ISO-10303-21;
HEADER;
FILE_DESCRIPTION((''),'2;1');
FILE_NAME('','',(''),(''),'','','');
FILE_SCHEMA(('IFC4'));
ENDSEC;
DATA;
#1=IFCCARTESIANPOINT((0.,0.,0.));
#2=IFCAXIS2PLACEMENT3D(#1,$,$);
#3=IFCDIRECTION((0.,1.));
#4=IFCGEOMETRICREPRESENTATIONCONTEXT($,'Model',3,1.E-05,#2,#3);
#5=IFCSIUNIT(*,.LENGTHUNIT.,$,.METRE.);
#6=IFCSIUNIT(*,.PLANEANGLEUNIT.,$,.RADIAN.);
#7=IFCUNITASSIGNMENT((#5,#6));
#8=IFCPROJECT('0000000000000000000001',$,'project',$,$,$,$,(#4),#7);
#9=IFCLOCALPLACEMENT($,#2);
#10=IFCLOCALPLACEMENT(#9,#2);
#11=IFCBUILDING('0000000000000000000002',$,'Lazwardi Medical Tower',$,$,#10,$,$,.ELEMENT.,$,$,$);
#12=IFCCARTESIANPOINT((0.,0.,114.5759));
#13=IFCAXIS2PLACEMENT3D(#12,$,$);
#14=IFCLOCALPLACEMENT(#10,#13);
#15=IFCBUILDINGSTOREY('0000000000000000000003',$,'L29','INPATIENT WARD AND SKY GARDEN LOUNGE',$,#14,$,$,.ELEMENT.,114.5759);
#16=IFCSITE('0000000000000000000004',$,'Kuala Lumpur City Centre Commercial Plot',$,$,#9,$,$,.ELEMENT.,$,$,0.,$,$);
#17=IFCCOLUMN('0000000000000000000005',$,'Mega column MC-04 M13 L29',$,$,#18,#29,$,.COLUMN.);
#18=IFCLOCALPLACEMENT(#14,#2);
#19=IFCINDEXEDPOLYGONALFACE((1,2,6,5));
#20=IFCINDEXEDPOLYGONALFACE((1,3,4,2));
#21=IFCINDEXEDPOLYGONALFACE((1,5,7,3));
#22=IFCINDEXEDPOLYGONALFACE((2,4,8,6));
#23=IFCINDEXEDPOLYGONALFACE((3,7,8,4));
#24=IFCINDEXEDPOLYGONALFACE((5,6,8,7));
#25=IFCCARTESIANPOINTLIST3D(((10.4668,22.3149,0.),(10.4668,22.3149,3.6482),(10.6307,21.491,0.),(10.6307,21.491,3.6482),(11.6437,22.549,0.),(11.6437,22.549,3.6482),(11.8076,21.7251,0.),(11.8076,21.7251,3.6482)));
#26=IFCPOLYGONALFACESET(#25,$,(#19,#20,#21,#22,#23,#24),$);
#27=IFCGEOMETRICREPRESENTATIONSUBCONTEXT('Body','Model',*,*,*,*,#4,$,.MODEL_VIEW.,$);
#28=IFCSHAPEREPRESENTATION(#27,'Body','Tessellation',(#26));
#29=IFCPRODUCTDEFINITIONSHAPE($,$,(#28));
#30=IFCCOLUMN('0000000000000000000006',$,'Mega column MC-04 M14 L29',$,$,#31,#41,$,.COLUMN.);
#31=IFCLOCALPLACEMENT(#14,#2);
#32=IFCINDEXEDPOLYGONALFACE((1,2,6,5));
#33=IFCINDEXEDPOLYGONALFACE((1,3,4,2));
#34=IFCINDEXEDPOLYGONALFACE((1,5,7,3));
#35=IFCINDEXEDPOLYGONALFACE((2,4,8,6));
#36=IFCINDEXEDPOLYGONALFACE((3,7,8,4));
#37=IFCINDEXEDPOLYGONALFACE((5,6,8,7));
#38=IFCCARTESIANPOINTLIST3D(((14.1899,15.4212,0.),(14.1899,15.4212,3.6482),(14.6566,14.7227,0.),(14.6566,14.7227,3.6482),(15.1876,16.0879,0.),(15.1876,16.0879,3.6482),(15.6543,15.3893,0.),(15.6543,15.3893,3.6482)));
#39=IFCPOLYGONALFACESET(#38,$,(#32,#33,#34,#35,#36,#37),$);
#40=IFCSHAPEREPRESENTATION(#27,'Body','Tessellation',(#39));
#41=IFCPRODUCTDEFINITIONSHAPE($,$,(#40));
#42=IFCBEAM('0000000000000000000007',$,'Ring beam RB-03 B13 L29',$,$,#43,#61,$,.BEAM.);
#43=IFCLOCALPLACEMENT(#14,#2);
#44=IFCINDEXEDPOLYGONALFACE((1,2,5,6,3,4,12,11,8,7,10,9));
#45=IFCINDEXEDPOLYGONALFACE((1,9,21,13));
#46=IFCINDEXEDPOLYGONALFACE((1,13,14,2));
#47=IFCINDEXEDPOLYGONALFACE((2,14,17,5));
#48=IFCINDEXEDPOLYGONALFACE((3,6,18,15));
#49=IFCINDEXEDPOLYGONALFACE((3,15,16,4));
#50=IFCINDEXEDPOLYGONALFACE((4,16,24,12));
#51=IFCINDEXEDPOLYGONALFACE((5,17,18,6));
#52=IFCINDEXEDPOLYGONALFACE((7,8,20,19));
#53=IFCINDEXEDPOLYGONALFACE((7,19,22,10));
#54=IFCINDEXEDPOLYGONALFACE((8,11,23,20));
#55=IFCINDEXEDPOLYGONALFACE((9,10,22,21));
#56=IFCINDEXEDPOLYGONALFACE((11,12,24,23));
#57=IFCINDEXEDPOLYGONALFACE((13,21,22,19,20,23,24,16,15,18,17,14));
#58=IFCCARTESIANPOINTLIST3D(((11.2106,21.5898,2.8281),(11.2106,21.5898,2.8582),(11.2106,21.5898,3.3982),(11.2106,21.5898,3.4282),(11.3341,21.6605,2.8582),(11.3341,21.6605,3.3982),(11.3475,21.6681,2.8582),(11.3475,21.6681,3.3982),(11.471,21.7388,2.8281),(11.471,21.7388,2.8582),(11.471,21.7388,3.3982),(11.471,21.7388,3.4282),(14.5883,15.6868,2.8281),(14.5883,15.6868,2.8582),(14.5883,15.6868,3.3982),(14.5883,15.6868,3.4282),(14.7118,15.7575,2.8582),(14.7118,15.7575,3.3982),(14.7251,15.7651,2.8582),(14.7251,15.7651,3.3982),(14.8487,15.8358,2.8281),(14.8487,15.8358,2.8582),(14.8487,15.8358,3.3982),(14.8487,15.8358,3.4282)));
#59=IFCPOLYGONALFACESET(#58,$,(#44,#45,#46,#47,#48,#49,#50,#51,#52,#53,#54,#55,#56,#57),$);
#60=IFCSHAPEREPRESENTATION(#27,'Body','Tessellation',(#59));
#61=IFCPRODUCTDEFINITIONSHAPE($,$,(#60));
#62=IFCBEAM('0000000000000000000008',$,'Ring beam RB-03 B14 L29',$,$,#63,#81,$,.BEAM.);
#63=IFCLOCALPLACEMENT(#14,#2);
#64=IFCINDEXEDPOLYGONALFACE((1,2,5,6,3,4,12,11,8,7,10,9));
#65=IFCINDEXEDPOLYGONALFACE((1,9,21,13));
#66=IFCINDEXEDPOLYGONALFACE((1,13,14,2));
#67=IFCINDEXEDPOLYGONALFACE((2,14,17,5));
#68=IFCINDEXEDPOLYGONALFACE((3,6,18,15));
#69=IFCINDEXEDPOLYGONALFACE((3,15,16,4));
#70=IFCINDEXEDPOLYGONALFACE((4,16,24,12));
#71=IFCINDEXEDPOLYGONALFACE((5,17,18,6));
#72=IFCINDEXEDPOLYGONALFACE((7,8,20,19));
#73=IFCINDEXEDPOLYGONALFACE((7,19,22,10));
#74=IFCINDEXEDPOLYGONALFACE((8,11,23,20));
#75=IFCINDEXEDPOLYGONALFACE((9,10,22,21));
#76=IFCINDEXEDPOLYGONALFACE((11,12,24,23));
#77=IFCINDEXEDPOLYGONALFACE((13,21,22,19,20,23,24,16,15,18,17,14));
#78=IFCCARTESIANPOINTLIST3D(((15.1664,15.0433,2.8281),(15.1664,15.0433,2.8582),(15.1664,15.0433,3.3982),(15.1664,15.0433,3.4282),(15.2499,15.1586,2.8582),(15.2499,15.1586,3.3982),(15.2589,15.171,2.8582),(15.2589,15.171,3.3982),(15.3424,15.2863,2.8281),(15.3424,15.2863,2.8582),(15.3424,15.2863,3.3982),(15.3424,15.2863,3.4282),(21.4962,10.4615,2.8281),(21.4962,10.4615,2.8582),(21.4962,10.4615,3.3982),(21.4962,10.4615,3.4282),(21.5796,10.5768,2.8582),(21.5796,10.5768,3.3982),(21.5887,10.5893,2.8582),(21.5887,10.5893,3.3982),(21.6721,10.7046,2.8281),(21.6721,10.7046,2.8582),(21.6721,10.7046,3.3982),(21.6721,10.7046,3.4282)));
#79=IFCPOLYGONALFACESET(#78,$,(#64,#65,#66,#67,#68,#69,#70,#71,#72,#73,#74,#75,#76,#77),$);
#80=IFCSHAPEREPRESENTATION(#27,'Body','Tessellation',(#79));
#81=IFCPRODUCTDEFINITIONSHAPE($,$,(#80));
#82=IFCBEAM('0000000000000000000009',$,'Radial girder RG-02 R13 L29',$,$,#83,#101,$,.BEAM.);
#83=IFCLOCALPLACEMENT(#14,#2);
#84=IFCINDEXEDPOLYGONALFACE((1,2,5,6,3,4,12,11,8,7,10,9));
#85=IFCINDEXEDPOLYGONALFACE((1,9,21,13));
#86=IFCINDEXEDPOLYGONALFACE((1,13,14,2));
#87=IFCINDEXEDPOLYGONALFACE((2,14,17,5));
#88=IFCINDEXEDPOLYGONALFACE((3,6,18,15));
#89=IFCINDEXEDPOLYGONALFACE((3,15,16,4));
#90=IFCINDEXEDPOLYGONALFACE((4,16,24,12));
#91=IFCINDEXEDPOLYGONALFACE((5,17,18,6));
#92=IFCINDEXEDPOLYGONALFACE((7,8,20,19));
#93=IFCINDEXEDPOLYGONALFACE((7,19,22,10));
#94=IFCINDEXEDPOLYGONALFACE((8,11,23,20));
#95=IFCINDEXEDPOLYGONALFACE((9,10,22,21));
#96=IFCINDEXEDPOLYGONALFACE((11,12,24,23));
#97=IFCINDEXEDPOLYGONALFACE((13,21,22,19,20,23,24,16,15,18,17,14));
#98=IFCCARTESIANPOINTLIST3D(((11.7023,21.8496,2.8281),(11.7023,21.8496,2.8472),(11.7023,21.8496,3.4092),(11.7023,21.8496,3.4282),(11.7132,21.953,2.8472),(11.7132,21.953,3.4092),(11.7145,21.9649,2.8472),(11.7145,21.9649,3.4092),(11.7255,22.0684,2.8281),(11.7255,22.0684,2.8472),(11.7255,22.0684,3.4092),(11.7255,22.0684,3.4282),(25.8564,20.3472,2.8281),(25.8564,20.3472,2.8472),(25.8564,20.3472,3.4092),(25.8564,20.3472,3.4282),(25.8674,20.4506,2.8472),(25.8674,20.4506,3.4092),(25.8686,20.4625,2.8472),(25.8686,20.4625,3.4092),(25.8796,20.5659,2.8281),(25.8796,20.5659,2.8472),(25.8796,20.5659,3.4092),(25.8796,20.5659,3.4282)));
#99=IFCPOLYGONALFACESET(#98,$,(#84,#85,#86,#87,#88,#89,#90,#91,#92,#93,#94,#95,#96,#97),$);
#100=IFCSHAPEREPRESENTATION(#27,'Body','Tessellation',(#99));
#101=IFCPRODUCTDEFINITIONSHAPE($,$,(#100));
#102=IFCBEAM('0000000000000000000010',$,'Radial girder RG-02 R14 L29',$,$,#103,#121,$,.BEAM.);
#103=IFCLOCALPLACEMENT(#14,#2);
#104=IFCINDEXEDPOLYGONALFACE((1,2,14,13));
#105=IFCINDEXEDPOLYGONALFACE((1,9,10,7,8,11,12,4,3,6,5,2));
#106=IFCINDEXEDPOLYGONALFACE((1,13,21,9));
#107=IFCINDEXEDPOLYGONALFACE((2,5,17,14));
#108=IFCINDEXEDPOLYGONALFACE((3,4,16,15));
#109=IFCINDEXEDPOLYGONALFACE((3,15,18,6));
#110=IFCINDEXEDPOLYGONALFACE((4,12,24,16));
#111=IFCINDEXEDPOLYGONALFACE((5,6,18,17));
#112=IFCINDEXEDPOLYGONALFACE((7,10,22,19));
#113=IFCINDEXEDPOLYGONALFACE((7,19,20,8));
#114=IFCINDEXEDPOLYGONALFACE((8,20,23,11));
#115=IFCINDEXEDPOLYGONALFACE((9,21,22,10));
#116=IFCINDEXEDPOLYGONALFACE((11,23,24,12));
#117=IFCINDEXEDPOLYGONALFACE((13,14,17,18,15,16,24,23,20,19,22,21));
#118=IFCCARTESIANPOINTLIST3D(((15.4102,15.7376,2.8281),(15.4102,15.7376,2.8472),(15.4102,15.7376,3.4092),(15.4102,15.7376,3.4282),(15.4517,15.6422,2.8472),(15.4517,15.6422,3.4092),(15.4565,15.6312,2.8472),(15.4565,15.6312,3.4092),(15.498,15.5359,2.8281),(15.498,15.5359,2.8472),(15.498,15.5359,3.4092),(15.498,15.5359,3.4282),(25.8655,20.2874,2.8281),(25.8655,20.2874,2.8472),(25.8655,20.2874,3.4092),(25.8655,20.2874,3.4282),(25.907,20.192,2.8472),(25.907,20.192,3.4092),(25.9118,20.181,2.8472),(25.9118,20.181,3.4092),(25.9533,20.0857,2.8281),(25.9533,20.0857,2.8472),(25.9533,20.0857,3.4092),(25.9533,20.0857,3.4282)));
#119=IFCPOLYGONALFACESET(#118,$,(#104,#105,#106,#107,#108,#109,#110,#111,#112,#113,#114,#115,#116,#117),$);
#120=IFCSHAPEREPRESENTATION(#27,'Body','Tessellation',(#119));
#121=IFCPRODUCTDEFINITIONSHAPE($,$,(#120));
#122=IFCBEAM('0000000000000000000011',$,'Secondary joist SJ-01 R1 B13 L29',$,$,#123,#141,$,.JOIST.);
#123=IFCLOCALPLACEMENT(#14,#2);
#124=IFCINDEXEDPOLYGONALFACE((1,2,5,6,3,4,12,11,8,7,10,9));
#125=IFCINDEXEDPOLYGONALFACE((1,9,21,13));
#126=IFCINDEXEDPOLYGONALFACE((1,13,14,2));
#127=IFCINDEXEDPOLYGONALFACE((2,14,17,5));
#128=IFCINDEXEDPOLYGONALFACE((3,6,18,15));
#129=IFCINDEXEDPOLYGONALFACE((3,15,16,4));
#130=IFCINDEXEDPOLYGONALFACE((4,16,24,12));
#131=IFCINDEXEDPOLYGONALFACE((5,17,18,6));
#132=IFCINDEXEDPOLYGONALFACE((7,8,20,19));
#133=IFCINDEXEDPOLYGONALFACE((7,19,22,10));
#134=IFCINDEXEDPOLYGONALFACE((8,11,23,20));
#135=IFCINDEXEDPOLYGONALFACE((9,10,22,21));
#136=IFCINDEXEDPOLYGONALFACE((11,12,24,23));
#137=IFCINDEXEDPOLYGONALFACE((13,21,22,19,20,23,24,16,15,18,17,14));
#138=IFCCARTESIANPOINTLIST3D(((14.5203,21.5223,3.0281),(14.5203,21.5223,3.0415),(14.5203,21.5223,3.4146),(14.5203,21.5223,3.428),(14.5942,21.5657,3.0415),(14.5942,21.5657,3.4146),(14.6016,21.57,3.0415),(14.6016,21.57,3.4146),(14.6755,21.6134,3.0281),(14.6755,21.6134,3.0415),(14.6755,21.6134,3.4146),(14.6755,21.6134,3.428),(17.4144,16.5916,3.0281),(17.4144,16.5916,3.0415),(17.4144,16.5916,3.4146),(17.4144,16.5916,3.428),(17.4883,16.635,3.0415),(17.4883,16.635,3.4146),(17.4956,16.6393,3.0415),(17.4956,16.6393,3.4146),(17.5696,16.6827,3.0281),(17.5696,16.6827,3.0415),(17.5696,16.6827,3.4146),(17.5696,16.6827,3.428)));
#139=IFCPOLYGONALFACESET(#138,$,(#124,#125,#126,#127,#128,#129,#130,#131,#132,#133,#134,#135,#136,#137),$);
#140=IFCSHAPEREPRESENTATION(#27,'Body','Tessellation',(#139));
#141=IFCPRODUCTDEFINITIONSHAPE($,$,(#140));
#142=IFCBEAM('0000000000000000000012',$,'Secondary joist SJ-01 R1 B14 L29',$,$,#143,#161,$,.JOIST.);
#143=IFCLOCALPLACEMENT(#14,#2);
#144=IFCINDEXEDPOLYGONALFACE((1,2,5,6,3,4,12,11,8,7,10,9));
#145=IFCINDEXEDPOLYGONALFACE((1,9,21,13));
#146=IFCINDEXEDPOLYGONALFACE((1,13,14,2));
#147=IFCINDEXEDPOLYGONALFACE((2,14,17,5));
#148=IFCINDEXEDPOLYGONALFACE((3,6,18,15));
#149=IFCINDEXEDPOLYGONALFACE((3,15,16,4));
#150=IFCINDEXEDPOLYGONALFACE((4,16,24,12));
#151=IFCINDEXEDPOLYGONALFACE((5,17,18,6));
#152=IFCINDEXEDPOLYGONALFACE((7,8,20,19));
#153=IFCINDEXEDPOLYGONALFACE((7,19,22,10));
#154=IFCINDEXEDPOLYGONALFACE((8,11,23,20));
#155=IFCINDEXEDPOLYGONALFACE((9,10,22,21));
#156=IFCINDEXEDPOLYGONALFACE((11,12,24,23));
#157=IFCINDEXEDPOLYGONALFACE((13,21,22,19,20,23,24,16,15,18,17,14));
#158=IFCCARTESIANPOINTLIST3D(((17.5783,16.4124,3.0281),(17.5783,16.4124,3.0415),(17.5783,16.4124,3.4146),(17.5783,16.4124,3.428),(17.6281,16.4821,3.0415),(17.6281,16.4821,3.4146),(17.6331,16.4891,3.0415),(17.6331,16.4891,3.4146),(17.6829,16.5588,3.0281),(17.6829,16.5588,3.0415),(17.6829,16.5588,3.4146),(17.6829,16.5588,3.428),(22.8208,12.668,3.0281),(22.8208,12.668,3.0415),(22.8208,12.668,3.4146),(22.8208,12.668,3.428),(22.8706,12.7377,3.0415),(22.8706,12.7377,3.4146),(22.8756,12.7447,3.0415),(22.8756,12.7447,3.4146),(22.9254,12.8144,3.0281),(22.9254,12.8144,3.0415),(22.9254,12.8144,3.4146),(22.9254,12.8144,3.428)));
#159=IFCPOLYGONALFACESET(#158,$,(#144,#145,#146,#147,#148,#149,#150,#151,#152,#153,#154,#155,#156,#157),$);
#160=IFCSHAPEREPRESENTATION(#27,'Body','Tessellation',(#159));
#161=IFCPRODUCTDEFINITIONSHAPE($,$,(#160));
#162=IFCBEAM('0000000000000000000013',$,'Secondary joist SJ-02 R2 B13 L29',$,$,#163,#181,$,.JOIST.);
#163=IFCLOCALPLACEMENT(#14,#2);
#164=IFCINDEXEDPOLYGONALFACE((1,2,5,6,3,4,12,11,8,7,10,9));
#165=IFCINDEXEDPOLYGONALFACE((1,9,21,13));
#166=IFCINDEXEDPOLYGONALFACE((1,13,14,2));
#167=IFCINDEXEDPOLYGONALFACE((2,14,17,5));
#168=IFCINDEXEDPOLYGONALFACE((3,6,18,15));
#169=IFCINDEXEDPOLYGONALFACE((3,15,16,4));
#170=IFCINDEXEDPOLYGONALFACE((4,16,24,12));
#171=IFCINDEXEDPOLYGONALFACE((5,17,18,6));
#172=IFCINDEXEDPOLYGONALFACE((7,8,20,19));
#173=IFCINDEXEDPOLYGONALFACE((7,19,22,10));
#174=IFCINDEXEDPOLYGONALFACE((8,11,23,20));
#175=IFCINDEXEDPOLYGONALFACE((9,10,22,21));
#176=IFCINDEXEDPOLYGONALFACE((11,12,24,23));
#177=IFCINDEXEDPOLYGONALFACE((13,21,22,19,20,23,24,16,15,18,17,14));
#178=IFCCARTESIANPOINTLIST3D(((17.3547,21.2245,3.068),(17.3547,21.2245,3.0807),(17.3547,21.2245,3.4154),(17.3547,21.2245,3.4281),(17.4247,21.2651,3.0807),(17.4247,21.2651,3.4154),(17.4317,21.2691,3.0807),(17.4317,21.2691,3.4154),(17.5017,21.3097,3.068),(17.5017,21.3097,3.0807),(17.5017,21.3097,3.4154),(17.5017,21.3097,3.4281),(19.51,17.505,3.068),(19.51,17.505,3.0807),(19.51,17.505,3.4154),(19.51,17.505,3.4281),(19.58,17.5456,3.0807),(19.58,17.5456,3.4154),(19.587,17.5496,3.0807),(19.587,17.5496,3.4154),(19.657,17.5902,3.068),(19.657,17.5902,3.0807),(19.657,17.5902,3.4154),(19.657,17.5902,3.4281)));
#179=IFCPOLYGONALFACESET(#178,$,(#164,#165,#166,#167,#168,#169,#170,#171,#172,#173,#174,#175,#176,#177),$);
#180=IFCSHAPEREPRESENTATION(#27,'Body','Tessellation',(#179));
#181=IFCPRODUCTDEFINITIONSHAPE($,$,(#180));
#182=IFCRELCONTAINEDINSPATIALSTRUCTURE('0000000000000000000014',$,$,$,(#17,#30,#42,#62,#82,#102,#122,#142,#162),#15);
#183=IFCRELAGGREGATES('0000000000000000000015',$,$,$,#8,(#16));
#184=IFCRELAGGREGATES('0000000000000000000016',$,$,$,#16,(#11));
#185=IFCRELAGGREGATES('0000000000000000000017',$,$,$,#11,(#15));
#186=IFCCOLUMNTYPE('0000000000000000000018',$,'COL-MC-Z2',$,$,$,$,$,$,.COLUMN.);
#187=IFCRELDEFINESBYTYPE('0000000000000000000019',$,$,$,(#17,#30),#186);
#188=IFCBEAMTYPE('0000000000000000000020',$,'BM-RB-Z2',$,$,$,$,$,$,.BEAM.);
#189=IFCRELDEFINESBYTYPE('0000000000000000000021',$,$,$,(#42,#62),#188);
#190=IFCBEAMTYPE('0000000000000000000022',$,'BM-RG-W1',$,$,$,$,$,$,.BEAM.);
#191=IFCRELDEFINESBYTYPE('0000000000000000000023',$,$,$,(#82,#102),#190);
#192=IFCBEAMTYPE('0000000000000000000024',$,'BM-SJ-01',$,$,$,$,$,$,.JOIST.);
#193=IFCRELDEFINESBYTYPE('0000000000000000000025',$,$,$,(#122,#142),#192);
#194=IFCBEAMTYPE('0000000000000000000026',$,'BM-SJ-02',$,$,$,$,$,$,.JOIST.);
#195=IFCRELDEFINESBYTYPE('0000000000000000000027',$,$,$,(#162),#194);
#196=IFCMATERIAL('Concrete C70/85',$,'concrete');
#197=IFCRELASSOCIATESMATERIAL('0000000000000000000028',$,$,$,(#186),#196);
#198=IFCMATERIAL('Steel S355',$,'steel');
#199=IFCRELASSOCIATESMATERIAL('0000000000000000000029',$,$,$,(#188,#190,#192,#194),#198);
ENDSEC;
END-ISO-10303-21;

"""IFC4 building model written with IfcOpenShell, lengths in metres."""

from ifc_helpers import new_model, si_unit, direction, frame, origin, origin_2d, place, context, subcontext, project, spatial, rectangle, i_section, extrude, material, material_profile, profile_set, type_object, element, save


model = new_model("IFC4")

# Units and contexts
model_context = context("Model", 3, precision=1e-05, world=origin(), true_north=direction((0.0, 1.0)))
body_context = subcontext(model_context, "Body", "Model", "MODEL_VIEW")
ifc_project = project(units=[si_unit("LENGTHUNIT", "METRE"), si_unit("PLANEANGLEUNIT", "RADIAN")], contexts=[model_context])

# Site, building, storey
site_placement = place(None, origin())
site = spatial("IfcSite", under=ifc_project, at=site_placement, Name="Kuala Lumpur City Centre Commercial Plot", CompositionType="ELEMENT", RefElevation=0.0)
building_placement = place(site_placement, origin())
building = spatial("IfcBuilding", under=site, at=building_placement, Name="Lazwardi Medical Tower", CompositionType="ELEMENT")
storey_placement = place(building_placement, frame((0.0, 0.0, 114.5759)))
storey = spatial("IfcBuildingStorey", under=building, at=storey_placement, Name="L29", Description="INPATIENT WARD AND SKY GARDEN LOUNGE", CompositionType="ELEMENT", Elevation=114.5759)

# Columns
ifc_material_1 = material(Name="Concrete C70/85", Category="concrete")
ifc_material_profile_1 = material_profile(ifc_material_1, rectangle(XDim=1.2, YDim=0.8401, at=origin_2d()), Name="CFT-RECT 1200x840")
ifc_profile_set_1 = profile_set([ifc_material_profile_1], Name="Concrete C70/85")
column_type = type_object("IfcColumnType", Name="COL-MC-Z2", PredefinedType="COLUMN", material=ifc_profile_set_1)
for number, where, z_axis, x_axis, name in (
    (1, (11.1372, 22.02, 0.0), (0.0, 0.0, 1.0), (-0.980785, -0.19509, 0.0), "Mega column MC-04 M13 L29"),
    (2, (14.9221, 15.4053, 0.0), (0.0, 0.0, 1.0), (-0.83147, -0.55557, 0.0), "Mega column MC-04 M14 L29"),
):
    element("IfcColumn", number, at=place(storey_placement, frame(where, z_axis=z_axis, x_axis=x_axis)), inside=storey, type_object=column_type, Name=name, PredefinedType="COLUMN", context=body_context, shape_type="SweptSolid", body=[
        extrude(rectangle(XDim=1.2, YDim=0.8401, at=origin_2d()), origin(), (0.0, 0.0, 1.0), 3.6482),
    ])

# Beams
ifc_material_2 = material(Name="Steel S355", Category="steel")
ifc_material_profile_2 = material_profile(ifc_material_2, i_section(OverallWidth=0.3, OverallDepth=0.6001, WebThickness=0.0154, FlangeThickness=0.03, at=origin_2d()), Name="HEB 600")
ifc_profile_set_2 = profile_set([ifc_material_profile_2], Name="Steel S355")
beam_type_1 = type_object("IfcBeamType", Name="BM-RB-Z2", PredefinedType="BEAM", material=ifc_profile_set_2)
beam_1_placement = place(storey_placement, frame((11.3408, 21.6643, 3.1282), z_axis=(0.496638, -0.867958, 0.0), x_axis=(0.867958, 0.496638, 0.0)))
element("IfcBeam", 3, at=beam_1_placement, inside=storey, type_object=beam_type_1, Name="Ring beam RB-03 B13 L29", PredefinedType="BEAM", context=body_context, shape_type="SweptSolid", body=[
    extrude(i_section(OverallWidth=0.3, OverallDepth=0.6001, WebThickness=0.0154, FlangeThickness=0.03, at=origin_2d()), origin(), (0.0, 0.0, 1.0), 6.801),
])
beam_2_placement = place(storey_placement, frame((15.2544, 15.1648, 3.1282), z_axis=(0.810057, -0.586351, 0.0), x_axis=(0.586351, 0.810057, 0.0)))
element("IfcBeam", 4, at=beam_2_placement, inside=storey, type_object=beam_type_1, Name="Ring beam RB-03 B14 L29", PredefinedType="BEAM", context=body_context, shape_type="SweptSolid", body=[
    extrude(i_section(OverallWidth=0.3, OverallDepth=0.6001, WebThickness=0.0154, FlangeThickness=0.03, at=origin_2d()), origin(), (0.0, 0.0, 1.0), 7.814),
])
ifc_material_profile_3 = material_profile(ifc_material_2, i_section(OverallWidth=0.22, OverallDepth=0.6001, WebThickness=0.012, FlangeThickness=0.019, at=origin_2d()), Name="IPE 600")
ifc_profile_set_3 = profile_set([ifc_material_profile_3], Name="Steel S355")
beam_type_2 = type_object("IfcBeamType", Name="BM-RG-W1", PredefinedType="BEAM", material=ifc_profile_set_3)
beam_3_placement = place(storey_placement, frame((11.7139, 21.959, 3.1282), z_axis=(0.994413, -0.105556, 0.0), x_axis=(0.105556, 0.994413, 0.0)))
element("IfcBeam", 5, at=beam_3_placement, inside=storey, type_object=beam_type_2, Name="Radial girder RG-02 R13 L29", PredefinedType="BEAM", context=body_context, shape_type="SweptSolid", body=[
    extrude(i_section(OverallWidth=0.22, OverallDepth=0.6001, WebThickness=0.012, FlangeThickness=0.019, at=origin_2d()), origin(), (0.0, 0.0, 1.0), 14.2336),
])
beam_4_placement = place(storey_placement, frame((15.4541, 15.6367, 3.1282), z_axis=(0.916941, 0.399022, 0.0), x_axis=(-0.399022, 0.916941, 0.0)))
element("IfcBeam", 6, at=beam_4_placement, inside=storey, type_object=beam_type_2, Name="Radial girder RG-02 R14 L29", PredefinedType="BEAM", context=body_context, shape_type="SweptSolid", body=[
    extrude(i_section(OverallWidth=0.22, OverallDepth=0.6001, WebThickness=0.012, FlangeThickness=0.019, at=origin_2d()), origin(), (0.0, 0.0, 1.0), 11.4023),
])
ifc_material_profile_4 = material_profile(ifc_material_2, i_section(OverallWidth=0.1799, OverallDepth=0.3999, WebThickness=0.0085, FlangeThickness=0.0134, at=origin_2d()), Name="IPE 400")
ifc_profile_set_4 = profile_set([ifc_material_profile_4], Name="Steel S355")
beam_type_3 = type_object("IfcBeamType", Name="BM-SJ-01", PredefinedType="JOIST", material=ifc_profile_set_4)
beam_5_placement = place(storey_placement, frame((14.5979, 21.5679, 3.228), z_axis=(0.506195, -0.862419, 0.0), x_axis=(0.862419, 0.506195, 0.0)))
element("IfcBeam", 7, at=beam_5_placement, inside=storey, type_object=beam_type_3, Name="Secondary joist SJ-01 R1 B13 L29", PredefinedType="JOIST", context=body_context, shape_type="SweptSolid", body=[
    extrude(i_section(OverallWidth=0.1799, OverallDepth=0.3999, WebThickness=0.0085, FlangeThickness=0.0134, at=origin_2d()), origin(), (0.0, 0.0, 1.0), 5.7173),
])
beam_6_placement = place(storey_placement, frame((17.6306, 16.4856, 3.228), z_axis=(0.813749, -0.581217, 0.0), x_axis=(0.581217, 0.813749, 0.0)))
element("IfcBeam", 8, at=beam_6_placement, inside=storey, type_object=beam_type_3, Name="Secondary joist SJ-01 R1 B14 L29", PredefinedType="JOIST", context=body_context, shape_type="SweptSolid", body=[
    extrude(i_section(OverallWidth=0.1799, OverallDepth=0.3999, WebThickness=0.0085, FlangeThickness=0.0134, at=origin_2d()), origin(), (0.0, 0.0, 1.0), 6.4424),
])
ifc_material_profile_5 = material_profile(ifc_material_2, i_section(OverallWidth=0.1699, OverallDepth=0.3601, WebThickness=0.0081, FlangeThickness=0.0127, at=origin_2d()), Name="IPE 360")
ifc_profile_set_5 = profile_set([ifc_material_profile_5], Name="Steel S355")
beam_type_4 = type_object("IfcBeamType", Name="BM-SJ-02", PredefinedType="JOIST", material=ifc_profile_set_5)
beam_7_placement = place(storey_placement, frame((17.4282, 21.2671, 3.248), z_axis=(0.501365, -0.865236, 0.0), x_axis=(0.865236, 0.501365, 0.0)))
element("IfcBeam", 9, at=beam_7_placement, inside=storey, type_object=beam_type_4, Name="Secondary joist SJ-02 R2 B13 L29", PredefinedType="JOIST", context=body_context, shape_type="SweptSolid", body=[
    extrude(i_section(OverallWidth=0.1699, OverallDepth=0.3601, WebThickness=0.0081, FlangeThickness=0.0127, at=origin_2d()), origin(), (0.0, 0.0, 1.0), 4.2988),
])

save(model, "model.ifc")
